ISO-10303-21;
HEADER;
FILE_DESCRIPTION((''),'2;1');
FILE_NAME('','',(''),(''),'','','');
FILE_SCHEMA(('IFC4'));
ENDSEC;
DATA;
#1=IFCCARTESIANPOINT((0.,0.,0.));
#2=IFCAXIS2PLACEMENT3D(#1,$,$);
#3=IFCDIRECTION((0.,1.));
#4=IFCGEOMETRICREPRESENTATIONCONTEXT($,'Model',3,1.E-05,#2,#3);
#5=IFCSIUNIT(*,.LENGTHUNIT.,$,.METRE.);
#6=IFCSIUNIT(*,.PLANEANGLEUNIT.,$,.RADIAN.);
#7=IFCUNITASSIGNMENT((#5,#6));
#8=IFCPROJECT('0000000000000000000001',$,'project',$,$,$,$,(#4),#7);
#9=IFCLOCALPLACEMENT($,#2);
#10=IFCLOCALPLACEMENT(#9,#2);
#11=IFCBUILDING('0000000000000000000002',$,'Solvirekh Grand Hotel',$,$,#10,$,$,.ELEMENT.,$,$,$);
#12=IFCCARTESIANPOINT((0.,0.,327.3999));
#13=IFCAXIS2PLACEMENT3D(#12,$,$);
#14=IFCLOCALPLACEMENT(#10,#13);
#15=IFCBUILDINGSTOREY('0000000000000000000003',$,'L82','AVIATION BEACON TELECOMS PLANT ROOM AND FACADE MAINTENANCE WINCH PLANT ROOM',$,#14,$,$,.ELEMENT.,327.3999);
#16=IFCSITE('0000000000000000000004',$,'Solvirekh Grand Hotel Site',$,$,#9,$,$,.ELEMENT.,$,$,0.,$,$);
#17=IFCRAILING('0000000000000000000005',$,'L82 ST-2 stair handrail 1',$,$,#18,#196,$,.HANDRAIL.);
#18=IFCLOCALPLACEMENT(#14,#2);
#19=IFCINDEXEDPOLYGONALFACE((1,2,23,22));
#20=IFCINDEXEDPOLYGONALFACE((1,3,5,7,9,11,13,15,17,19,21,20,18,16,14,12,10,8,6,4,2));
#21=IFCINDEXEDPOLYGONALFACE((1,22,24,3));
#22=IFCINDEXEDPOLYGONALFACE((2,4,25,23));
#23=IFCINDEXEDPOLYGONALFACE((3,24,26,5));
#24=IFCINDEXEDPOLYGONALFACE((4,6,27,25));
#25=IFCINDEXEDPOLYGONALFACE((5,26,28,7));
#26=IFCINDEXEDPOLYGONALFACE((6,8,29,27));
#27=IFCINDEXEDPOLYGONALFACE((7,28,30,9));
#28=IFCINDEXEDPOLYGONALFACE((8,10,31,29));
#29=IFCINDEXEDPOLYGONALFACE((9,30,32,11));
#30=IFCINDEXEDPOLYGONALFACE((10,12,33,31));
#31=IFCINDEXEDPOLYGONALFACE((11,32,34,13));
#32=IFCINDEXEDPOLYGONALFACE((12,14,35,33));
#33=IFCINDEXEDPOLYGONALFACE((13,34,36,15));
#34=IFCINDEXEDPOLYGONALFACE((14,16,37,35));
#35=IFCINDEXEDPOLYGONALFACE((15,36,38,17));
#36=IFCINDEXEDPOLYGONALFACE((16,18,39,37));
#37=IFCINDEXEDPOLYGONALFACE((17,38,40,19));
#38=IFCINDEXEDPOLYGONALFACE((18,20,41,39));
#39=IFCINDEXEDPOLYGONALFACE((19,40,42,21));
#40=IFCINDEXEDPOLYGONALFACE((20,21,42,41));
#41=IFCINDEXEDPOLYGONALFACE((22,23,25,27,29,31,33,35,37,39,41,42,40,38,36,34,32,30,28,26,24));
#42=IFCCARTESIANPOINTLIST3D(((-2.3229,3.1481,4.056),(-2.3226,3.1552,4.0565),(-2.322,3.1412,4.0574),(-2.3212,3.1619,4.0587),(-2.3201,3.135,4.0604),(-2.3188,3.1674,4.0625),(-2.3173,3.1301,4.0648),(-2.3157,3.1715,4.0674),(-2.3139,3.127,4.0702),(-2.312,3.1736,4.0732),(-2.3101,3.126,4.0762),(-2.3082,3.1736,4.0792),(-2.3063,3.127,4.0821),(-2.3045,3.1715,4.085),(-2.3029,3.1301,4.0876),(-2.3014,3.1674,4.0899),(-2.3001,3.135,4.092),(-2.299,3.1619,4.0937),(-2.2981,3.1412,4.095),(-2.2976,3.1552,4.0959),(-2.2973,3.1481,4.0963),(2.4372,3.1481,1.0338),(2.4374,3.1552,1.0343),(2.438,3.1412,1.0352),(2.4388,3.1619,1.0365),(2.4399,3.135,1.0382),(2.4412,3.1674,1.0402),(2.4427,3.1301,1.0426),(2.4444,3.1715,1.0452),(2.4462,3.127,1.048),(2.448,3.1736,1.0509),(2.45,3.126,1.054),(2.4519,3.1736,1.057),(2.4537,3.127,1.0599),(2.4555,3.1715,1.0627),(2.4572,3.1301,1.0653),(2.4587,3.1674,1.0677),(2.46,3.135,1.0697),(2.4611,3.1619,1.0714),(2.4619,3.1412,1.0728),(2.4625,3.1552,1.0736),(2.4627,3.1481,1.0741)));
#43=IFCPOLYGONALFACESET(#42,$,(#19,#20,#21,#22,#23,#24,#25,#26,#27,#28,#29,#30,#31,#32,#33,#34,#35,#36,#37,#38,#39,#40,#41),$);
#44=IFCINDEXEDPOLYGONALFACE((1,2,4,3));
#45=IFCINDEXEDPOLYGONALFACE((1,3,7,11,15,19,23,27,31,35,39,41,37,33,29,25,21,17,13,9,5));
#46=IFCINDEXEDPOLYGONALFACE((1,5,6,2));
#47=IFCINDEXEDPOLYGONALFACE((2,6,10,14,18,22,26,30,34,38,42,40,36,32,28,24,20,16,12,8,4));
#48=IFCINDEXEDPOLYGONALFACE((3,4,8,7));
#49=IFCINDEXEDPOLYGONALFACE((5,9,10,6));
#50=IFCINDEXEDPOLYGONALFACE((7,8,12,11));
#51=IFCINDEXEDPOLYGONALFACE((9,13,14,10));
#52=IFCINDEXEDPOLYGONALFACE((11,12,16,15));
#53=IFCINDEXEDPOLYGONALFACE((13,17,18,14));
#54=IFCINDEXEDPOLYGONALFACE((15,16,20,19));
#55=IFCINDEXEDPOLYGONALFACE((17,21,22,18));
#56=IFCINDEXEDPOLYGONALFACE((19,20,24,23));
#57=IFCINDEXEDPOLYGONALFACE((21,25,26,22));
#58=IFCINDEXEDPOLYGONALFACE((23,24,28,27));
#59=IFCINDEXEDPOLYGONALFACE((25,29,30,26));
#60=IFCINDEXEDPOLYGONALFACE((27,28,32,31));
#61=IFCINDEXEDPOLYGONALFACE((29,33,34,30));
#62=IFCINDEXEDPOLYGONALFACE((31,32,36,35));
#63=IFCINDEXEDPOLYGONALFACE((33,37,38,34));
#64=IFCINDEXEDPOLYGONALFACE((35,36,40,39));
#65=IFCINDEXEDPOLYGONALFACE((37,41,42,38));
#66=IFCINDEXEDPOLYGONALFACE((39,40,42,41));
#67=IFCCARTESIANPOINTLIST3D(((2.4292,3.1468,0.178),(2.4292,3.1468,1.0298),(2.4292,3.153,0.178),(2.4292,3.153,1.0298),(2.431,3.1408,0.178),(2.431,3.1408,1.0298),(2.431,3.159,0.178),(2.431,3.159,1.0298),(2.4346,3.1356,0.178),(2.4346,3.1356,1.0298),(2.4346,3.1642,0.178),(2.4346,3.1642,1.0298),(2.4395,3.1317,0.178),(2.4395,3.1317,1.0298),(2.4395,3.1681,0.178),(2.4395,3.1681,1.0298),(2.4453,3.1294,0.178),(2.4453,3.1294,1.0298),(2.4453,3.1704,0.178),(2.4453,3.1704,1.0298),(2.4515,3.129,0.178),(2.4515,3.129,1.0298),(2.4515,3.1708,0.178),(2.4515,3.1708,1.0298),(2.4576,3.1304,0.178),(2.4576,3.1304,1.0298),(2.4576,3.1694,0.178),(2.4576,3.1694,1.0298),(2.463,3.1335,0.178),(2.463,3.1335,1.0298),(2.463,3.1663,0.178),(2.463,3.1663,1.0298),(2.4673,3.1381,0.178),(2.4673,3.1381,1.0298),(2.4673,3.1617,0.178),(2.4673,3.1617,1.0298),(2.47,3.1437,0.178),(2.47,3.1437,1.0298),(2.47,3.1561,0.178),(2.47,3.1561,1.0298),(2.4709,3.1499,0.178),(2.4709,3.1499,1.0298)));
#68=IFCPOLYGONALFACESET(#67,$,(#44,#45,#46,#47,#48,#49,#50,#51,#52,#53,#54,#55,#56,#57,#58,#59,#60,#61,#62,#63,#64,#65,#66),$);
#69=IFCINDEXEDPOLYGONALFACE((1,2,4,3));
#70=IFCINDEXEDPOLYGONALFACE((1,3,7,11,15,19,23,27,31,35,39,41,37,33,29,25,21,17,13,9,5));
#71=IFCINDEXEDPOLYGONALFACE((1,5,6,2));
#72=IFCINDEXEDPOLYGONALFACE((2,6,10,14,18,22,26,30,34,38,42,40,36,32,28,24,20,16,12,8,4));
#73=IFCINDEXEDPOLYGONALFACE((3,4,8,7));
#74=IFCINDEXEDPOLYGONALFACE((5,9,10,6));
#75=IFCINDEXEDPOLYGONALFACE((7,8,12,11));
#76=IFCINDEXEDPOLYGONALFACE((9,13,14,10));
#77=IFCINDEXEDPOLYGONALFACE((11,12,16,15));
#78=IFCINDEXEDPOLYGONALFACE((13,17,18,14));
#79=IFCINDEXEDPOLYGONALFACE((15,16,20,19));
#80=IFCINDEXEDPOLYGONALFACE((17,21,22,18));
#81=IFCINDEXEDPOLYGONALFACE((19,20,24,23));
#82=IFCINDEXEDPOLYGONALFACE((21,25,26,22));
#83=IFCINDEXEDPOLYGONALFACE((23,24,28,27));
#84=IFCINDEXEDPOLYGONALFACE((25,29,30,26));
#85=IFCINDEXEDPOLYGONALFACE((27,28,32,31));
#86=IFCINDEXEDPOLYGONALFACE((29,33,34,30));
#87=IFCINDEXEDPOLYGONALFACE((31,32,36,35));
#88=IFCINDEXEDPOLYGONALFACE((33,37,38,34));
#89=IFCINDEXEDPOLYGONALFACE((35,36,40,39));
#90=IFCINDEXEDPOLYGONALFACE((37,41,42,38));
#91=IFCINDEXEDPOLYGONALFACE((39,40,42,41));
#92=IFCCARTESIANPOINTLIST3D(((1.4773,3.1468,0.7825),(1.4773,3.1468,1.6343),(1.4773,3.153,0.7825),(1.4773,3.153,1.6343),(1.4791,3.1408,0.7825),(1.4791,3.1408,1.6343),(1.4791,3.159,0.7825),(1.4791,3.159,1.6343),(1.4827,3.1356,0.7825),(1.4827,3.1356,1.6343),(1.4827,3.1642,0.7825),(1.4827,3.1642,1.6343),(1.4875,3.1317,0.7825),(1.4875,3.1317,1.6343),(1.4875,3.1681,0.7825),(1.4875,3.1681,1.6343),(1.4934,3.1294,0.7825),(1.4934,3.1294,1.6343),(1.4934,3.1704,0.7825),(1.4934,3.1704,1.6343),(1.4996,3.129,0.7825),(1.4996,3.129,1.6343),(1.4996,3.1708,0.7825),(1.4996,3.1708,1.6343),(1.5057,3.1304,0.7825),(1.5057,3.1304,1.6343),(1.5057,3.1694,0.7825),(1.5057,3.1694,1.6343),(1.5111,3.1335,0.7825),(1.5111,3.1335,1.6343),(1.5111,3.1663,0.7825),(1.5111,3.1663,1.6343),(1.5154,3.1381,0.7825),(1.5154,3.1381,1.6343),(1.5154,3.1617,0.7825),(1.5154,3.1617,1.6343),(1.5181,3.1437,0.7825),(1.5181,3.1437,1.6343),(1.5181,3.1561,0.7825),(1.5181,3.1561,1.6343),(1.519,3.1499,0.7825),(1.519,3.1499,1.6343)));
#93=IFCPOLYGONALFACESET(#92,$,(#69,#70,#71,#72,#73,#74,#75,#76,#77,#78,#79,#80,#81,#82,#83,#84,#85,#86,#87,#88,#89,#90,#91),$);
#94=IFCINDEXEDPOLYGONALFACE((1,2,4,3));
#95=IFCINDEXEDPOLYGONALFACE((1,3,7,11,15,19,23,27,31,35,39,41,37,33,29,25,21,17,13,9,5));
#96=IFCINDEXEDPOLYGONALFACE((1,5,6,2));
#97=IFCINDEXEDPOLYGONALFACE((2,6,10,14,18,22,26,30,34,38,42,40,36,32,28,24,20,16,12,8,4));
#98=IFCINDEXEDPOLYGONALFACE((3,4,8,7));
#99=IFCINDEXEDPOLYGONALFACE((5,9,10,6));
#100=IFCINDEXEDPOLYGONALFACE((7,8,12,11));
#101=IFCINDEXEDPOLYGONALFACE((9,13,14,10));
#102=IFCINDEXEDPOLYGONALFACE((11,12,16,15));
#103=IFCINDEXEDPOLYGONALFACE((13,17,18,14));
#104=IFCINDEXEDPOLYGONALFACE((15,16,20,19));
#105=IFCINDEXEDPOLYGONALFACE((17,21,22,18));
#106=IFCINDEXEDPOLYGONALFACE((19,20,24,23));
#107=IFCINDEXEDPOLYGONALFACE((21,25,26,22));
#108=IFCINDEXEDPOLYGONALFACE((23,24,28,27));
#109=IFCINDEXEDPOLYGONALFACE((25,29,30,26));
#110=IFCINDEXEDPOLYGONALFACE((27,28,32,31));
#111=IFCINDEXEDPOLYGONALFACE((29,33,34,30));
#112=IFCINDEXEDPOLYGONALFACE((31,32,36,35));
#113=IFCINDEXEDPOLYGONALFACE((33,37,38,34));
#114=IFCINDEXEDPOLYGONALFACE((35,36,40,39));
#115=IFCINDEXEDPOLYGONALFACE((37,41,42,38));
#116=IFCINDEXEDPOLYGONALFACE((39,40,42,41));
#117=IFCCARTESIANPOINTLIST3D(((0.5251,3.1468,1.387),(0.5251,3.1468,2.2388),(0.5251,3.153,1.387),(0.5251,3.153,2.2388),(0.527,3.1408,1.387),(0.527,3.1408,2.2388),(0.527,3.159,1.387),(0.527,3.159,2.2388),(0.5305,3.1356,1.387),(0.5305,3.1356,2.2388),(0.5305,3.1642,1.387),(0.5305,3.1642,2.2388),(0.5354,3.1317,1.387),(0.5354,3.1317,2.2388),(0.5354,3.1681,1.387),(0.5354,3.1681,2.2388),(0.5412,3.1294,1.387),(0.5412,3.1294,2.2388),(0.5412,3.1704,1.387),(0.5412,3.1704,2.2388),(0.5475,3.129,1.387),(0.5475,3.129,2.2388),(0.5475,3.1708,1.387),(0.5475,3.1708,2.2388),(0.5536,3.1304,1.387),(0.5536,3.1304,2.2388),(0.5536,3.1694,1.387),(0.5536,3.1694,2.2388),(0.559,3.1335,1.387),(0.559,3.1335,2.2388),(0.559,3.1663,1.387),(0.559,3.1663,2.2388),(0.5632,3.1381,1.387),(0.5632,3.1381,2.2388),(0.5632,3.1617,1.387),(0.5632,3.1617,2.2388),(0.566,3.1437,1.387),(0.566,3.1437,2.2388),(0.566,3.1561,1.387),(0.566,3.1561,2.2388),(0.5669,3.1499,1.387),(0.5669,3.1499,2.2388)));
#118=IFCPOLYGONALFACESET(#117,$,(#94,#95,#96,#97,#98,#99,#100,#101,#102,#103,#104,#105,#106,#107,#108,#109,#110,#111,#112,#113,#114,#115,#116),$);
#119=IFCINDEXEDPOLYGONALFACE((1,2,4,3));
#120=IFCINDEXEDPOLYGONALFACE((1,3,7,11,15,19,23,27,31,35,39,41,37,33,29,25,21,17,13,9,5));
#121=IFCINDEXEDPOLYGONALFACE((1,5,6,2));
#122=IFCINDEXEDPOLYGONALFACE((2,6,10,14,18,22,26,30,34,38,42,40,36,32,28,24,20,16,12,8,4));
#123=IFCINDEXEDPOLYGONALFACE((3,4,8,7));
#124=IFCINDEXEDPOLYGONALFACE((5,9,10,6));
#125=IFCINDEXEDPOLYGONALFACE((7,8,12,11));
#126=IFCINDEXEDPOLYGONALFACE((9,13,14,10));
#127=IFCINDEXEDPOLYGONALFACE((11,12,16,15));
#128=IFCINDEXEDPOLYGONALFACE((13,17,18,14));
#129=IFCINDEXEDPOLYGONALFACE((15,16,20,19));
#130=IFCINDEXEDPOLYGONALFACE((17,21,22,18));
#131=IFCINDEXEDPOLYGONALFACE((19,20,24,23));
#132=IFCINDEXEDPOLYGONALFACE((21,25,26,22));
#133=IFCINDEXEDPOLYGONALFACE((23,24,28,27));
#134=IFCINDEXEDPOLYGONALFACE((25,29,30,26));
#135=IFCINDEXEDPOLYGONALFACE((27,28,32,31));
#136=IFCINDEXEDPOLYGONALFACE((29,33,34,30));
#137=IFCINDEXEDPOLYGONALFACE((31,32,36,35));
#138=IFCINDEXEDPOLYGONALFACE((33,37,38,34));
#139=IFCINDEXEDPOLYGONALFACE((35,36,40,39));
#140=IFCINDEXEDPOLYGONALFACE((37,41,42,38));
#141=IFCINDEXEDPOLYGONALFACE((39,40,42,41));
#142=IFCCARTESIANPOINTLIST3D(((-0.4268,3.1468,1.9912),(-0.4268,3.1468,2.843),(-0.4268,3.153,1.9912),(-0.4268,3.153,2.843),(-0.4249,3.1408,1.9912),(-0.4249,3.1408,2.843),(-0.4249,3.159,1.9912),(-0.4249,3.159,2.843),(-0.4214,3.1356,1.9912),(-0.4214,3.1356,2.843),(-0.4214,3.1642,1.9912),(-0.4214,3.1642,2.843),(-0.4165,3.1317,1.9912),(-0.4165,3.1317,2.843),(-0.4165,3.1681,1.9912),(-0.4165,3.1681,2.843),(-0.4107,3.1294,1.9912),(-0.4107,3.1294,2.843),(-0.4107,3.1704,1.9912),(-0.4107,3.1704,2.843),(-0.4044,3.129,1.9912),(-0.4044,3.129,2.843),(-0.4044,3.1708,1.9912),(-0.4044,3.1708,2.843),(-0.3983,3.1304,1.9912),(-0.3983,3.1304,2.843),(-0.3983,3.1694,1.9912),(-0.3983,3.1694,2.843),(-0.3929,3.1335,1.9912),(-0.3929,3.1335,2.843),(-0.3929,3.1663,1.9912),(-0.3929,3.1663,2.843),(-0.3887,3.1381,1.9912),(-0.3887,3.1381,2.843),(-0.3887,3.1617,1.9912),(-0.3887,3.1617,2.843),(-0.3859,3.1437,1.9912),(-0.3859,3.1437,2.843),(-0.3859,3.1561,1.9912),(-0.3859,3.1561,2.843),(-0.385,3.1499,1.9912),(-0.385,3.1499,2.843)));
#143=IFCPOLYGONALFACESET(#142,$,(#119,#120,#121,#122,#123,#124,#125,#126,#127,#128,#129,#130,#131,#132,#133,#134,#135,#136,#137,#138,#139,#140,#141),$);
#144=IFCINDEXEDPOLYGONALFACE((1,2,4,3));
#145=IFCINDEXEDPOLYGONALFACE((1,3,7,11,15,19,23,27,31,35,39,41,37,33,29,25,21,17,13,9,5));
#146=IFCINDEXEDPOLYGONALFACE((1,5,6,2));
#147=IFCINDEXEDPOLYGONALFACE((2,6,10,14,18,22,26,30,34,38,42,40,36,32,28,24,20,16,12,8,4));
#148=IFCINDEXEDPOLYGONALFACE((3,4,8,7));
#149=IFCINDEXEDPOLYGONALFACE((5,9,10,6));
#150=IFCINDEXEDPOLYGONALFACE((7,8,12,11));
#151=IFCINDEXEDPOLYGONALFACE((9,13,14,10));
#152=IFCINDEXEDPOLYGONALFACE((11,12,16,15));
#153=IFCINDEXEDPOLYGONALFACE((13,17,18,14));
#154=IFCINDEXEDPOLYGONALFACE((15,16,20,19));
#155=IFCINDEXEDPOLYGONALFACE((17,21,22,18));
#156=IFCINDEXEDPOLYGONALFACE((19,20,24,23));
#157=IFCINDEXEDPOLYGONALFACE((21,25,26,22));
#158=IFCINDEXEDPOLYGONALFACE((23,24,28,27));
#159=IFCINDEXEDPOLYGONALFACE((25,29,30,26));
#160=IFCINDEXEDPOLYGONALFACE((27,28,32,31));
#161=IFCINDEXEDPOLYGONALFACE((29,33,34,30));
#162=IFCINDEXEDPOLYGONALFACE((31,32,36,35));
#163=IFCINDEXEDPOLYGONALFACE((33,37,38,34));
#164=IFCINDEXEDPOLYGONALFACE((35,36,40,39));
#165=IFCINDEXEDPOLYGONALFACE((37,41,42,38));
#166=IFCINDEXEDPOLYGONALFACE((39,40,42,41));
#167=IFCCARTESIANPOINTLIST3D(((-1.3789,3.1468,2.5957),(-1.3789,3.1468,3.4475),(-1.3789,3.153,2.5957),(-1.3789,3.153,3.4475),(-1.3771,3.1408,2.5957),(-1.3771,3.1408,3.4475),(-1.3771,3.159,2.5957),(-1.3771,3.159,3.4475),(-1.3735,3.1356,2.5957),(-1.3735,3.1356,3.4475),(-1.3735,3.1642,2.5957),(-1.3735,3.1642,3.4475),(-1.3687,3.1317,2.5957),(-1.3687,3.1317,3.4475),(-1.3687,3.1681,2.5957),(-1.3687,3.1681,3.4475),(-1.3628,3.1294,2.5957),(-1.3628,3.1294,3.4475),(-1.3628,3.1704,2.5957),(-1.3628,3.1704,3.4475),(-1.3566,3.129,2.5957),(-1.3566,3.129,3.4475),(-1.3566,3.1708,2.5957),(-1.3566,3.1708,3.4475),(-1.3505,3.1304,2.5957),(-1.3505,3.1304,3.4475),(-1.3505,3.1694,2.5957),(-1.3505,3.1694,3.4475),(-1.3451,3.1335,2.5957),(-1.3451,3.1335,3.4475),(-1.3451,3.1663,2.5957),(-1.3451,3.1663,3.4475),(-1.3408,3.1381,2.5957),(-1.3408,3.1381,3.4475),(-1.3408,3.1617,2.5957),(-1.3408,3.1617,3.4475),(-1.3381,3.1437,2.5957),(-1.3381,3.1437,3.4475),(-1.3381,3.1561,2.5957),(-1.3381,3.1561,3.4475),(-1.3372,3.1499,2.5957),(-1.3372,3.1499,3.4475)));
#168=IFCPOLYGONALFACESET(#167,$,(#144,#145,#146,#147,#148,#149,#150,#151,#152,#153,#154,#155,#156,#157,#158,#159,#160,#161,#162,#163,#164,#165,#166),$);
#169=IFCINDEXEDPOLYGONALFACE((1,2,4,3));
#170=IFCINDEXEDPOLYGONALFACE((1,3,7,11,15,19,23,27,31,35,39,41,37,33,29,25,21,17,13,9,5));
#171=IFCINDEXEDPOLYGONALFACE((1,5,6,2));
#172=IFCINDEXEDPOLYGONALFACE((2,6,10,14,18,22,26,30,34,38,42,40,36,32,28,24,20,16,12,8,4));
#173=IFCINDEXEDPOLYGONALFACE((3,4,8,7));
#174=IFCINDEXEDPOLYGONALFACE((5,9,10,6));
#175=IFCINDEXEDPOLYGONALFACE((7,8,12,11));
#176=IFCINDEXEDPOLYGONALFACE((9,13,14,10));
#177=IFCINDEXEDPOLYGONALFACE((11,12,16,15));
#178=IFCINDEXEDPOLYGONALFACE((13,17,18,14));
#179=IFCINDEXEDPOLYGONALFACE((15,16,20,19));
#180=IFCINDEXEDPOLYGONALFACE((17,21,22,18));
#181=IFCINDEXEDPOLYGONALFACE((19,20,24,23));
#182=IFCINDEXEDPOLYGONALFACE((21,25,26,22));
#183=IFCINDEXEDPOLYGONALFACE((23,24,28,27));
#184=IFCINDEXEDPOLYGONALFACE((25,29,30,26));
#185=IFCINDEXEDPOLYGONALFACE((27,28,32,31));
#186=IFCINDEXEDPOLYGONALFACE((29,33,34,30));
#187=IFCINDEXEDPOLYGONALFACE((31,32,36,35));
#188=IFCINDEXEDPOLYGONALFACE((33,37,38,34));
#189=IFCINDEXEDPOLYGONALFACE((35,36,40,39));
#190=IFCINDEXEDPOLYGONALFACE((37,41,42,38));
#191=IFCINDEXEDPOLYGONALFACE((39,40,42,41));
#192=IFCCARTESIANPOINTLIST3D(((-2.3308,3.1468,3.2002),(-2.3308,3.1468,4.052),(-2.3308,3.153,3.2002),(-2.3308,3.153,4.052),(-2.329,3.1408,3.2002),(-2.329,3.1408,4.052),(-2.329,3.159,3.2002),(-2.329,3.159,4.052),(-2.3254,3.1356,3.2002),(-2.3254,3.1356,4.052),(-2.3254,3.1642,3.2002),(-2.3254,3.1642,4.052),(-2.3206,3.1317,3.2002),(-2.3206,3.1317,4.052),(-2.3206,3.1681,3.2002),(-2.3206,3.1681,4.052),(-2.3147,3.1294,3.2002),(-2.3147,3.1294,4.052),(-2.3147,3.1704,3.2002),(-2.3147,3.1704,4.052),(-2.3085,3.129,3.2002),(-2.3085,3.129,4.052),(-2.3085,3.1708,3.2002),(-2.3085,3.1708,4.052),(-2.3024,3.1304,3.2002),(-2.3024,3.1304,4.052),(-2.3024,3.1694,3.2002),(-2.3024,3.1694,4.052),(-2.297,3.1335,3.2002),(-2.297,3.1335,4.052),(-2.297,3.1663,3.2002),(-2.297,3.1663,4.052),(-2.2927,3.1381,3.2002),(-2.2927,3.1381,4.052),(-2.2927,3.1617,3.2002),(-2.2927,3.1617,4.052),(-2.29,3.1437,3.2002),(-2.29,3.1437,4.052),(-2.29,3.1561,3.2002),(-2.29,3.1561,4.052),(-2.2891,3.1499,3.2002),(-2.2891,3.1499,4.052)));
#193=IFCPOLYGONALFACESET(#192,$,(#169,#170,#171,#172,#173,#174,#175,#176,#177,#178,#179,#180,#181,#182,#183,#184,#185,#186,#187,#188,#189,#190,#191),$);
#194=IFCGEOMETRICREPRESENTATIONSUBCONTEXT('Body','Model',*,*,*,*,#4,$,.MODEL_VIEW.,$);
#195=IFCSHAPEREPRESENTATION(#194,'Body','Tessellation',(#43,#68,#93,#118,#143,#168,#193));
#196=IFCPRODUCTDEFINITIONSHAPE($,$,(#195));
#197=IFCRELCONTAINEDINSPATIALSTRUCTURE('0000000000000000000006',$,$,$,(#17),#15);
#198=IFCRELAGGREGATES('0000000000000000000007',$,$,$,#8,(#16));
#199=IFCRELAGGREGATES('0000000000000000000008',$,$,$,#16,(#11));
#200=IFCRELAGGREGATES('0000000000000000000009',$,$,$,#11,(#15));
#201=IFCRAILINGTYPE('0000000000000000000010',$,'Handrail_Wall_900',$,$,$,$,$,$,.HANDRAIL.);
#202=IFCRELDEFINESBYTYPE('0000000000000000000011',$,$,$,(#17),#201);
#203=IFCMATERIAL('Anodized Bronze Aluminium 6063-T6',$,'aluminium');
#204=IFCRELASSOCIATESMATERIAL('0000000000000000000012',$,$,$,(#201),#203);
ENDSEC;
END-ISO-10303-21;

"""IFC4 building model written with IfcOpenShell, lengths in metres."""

from ifc_helpers import new_model, si_unit, direction, frame, origin, origin_2d, place, context, subcontext, project, spatial, circle, extrude, material, type_object, element, save


model = new_model("IFC4")

# Units and contexts
model_context = context("Model", 3, precision=1e-05, world=origin(), true_north=direction((0.0, 1.0)))
body_context = subcontext(model_context, "Body", "Model", "MODEL_VIEW")
ifc_project = project(units=[si_unit("LENGTHUNIT", "METRE"), si_unit("PLANEANGLEUNIT", "RADIAN")], contexts=[model_context])

# Site, building, storey
site_placement = place(None, origin())
site = spatial("IfcSite", under=ifc_project, at=site_placement, Name="Solvirekh Grand Hotel Site", CompositionType="ELEMENT", RefElevation=0.0)
building_placement = place(site_placement, origin())
building = spatial("IfcBuilding", under=site, at=building_placement, Name="Solvirekh Grand Hotel", CompositionType="ELEMENT")
storey_placement = place(building_placement, frame((0.0, 0.0, 327.3999)))
storey = spatial("IfcBuildingStorey", under=building, at=storey_placement, Name="L82", Description="AVIATION BEACON TELECOMS PLANT ROOM AND FACADE MAINTENANCE WINCH PLANT ROOM", CompositionType="ELEMENT", Elevation=327.3999)

# Shared definitions
ifc_material_1 = material(Name="Anodized Bronze Aluminium 6063-T6", Category="aluminium")

# Railing
railing_type_1 = type_object("IfcRailingType", Name="Handrail_Wall_900", PredefinedType="HANDRAIL", material=ifc_material_1)
railing_1_placement = place(storey_placement, frame((2.45, 3.1499, 0.178)))
element("IfcRailing", 1, at=railing_1_placement, inside=storey, type_object=railing_type_1, Name="L82 ST-2 stair handrail 1", PredefinedType="HANDRAIL", context=body_context, shape_type="SweptSolid", body=[
    extrude(circle(Radius=0.0239, at=origin_2d()), frame((0.0, 0.0, 0.876), z_axis=(-0.844214, 0.0, 0.536007), x_axis=(0.0, -1.0, 0.0)), (0.0, 0.0, 1.0), 5.6384),
    extrude(circle(Radius=0.021, at=origin_2d()), origin(), (0.0, 0.0, 1.0), 0.8518),
    extrude(circle(Radius=0.021, at=origin_2d()), frame((-0.9519, 0.0, 0.6045)), (0.0, 0.0, 1.0), 0.8518),
    extrude(circle(Radius=0.021, at=origin_2d()), frame((-1.9041, 0.0, 1.209)), (0.0, 0.0, 1.0), 0.8518),
    extrude(circle(Radius=0.021, at=origin_2d()), frame((-2.856, 0.0, 1.8132)), (0.0, 0.0, 1.0), 0.8518),
    extrude(circle(Radius=0.021, at=origin_2d()), frame((-3.8081, 0.0, 2.4177)), (0.0, 0.0, 1.0), 0.8518),
    extrude(circle(Radius=0.021, at=origin_2d()), frame((-4.76, 0.0, 3.0222)), (0.0, 0.0, 1.0), 0.8518),
])

save(model, "model.ifc")
